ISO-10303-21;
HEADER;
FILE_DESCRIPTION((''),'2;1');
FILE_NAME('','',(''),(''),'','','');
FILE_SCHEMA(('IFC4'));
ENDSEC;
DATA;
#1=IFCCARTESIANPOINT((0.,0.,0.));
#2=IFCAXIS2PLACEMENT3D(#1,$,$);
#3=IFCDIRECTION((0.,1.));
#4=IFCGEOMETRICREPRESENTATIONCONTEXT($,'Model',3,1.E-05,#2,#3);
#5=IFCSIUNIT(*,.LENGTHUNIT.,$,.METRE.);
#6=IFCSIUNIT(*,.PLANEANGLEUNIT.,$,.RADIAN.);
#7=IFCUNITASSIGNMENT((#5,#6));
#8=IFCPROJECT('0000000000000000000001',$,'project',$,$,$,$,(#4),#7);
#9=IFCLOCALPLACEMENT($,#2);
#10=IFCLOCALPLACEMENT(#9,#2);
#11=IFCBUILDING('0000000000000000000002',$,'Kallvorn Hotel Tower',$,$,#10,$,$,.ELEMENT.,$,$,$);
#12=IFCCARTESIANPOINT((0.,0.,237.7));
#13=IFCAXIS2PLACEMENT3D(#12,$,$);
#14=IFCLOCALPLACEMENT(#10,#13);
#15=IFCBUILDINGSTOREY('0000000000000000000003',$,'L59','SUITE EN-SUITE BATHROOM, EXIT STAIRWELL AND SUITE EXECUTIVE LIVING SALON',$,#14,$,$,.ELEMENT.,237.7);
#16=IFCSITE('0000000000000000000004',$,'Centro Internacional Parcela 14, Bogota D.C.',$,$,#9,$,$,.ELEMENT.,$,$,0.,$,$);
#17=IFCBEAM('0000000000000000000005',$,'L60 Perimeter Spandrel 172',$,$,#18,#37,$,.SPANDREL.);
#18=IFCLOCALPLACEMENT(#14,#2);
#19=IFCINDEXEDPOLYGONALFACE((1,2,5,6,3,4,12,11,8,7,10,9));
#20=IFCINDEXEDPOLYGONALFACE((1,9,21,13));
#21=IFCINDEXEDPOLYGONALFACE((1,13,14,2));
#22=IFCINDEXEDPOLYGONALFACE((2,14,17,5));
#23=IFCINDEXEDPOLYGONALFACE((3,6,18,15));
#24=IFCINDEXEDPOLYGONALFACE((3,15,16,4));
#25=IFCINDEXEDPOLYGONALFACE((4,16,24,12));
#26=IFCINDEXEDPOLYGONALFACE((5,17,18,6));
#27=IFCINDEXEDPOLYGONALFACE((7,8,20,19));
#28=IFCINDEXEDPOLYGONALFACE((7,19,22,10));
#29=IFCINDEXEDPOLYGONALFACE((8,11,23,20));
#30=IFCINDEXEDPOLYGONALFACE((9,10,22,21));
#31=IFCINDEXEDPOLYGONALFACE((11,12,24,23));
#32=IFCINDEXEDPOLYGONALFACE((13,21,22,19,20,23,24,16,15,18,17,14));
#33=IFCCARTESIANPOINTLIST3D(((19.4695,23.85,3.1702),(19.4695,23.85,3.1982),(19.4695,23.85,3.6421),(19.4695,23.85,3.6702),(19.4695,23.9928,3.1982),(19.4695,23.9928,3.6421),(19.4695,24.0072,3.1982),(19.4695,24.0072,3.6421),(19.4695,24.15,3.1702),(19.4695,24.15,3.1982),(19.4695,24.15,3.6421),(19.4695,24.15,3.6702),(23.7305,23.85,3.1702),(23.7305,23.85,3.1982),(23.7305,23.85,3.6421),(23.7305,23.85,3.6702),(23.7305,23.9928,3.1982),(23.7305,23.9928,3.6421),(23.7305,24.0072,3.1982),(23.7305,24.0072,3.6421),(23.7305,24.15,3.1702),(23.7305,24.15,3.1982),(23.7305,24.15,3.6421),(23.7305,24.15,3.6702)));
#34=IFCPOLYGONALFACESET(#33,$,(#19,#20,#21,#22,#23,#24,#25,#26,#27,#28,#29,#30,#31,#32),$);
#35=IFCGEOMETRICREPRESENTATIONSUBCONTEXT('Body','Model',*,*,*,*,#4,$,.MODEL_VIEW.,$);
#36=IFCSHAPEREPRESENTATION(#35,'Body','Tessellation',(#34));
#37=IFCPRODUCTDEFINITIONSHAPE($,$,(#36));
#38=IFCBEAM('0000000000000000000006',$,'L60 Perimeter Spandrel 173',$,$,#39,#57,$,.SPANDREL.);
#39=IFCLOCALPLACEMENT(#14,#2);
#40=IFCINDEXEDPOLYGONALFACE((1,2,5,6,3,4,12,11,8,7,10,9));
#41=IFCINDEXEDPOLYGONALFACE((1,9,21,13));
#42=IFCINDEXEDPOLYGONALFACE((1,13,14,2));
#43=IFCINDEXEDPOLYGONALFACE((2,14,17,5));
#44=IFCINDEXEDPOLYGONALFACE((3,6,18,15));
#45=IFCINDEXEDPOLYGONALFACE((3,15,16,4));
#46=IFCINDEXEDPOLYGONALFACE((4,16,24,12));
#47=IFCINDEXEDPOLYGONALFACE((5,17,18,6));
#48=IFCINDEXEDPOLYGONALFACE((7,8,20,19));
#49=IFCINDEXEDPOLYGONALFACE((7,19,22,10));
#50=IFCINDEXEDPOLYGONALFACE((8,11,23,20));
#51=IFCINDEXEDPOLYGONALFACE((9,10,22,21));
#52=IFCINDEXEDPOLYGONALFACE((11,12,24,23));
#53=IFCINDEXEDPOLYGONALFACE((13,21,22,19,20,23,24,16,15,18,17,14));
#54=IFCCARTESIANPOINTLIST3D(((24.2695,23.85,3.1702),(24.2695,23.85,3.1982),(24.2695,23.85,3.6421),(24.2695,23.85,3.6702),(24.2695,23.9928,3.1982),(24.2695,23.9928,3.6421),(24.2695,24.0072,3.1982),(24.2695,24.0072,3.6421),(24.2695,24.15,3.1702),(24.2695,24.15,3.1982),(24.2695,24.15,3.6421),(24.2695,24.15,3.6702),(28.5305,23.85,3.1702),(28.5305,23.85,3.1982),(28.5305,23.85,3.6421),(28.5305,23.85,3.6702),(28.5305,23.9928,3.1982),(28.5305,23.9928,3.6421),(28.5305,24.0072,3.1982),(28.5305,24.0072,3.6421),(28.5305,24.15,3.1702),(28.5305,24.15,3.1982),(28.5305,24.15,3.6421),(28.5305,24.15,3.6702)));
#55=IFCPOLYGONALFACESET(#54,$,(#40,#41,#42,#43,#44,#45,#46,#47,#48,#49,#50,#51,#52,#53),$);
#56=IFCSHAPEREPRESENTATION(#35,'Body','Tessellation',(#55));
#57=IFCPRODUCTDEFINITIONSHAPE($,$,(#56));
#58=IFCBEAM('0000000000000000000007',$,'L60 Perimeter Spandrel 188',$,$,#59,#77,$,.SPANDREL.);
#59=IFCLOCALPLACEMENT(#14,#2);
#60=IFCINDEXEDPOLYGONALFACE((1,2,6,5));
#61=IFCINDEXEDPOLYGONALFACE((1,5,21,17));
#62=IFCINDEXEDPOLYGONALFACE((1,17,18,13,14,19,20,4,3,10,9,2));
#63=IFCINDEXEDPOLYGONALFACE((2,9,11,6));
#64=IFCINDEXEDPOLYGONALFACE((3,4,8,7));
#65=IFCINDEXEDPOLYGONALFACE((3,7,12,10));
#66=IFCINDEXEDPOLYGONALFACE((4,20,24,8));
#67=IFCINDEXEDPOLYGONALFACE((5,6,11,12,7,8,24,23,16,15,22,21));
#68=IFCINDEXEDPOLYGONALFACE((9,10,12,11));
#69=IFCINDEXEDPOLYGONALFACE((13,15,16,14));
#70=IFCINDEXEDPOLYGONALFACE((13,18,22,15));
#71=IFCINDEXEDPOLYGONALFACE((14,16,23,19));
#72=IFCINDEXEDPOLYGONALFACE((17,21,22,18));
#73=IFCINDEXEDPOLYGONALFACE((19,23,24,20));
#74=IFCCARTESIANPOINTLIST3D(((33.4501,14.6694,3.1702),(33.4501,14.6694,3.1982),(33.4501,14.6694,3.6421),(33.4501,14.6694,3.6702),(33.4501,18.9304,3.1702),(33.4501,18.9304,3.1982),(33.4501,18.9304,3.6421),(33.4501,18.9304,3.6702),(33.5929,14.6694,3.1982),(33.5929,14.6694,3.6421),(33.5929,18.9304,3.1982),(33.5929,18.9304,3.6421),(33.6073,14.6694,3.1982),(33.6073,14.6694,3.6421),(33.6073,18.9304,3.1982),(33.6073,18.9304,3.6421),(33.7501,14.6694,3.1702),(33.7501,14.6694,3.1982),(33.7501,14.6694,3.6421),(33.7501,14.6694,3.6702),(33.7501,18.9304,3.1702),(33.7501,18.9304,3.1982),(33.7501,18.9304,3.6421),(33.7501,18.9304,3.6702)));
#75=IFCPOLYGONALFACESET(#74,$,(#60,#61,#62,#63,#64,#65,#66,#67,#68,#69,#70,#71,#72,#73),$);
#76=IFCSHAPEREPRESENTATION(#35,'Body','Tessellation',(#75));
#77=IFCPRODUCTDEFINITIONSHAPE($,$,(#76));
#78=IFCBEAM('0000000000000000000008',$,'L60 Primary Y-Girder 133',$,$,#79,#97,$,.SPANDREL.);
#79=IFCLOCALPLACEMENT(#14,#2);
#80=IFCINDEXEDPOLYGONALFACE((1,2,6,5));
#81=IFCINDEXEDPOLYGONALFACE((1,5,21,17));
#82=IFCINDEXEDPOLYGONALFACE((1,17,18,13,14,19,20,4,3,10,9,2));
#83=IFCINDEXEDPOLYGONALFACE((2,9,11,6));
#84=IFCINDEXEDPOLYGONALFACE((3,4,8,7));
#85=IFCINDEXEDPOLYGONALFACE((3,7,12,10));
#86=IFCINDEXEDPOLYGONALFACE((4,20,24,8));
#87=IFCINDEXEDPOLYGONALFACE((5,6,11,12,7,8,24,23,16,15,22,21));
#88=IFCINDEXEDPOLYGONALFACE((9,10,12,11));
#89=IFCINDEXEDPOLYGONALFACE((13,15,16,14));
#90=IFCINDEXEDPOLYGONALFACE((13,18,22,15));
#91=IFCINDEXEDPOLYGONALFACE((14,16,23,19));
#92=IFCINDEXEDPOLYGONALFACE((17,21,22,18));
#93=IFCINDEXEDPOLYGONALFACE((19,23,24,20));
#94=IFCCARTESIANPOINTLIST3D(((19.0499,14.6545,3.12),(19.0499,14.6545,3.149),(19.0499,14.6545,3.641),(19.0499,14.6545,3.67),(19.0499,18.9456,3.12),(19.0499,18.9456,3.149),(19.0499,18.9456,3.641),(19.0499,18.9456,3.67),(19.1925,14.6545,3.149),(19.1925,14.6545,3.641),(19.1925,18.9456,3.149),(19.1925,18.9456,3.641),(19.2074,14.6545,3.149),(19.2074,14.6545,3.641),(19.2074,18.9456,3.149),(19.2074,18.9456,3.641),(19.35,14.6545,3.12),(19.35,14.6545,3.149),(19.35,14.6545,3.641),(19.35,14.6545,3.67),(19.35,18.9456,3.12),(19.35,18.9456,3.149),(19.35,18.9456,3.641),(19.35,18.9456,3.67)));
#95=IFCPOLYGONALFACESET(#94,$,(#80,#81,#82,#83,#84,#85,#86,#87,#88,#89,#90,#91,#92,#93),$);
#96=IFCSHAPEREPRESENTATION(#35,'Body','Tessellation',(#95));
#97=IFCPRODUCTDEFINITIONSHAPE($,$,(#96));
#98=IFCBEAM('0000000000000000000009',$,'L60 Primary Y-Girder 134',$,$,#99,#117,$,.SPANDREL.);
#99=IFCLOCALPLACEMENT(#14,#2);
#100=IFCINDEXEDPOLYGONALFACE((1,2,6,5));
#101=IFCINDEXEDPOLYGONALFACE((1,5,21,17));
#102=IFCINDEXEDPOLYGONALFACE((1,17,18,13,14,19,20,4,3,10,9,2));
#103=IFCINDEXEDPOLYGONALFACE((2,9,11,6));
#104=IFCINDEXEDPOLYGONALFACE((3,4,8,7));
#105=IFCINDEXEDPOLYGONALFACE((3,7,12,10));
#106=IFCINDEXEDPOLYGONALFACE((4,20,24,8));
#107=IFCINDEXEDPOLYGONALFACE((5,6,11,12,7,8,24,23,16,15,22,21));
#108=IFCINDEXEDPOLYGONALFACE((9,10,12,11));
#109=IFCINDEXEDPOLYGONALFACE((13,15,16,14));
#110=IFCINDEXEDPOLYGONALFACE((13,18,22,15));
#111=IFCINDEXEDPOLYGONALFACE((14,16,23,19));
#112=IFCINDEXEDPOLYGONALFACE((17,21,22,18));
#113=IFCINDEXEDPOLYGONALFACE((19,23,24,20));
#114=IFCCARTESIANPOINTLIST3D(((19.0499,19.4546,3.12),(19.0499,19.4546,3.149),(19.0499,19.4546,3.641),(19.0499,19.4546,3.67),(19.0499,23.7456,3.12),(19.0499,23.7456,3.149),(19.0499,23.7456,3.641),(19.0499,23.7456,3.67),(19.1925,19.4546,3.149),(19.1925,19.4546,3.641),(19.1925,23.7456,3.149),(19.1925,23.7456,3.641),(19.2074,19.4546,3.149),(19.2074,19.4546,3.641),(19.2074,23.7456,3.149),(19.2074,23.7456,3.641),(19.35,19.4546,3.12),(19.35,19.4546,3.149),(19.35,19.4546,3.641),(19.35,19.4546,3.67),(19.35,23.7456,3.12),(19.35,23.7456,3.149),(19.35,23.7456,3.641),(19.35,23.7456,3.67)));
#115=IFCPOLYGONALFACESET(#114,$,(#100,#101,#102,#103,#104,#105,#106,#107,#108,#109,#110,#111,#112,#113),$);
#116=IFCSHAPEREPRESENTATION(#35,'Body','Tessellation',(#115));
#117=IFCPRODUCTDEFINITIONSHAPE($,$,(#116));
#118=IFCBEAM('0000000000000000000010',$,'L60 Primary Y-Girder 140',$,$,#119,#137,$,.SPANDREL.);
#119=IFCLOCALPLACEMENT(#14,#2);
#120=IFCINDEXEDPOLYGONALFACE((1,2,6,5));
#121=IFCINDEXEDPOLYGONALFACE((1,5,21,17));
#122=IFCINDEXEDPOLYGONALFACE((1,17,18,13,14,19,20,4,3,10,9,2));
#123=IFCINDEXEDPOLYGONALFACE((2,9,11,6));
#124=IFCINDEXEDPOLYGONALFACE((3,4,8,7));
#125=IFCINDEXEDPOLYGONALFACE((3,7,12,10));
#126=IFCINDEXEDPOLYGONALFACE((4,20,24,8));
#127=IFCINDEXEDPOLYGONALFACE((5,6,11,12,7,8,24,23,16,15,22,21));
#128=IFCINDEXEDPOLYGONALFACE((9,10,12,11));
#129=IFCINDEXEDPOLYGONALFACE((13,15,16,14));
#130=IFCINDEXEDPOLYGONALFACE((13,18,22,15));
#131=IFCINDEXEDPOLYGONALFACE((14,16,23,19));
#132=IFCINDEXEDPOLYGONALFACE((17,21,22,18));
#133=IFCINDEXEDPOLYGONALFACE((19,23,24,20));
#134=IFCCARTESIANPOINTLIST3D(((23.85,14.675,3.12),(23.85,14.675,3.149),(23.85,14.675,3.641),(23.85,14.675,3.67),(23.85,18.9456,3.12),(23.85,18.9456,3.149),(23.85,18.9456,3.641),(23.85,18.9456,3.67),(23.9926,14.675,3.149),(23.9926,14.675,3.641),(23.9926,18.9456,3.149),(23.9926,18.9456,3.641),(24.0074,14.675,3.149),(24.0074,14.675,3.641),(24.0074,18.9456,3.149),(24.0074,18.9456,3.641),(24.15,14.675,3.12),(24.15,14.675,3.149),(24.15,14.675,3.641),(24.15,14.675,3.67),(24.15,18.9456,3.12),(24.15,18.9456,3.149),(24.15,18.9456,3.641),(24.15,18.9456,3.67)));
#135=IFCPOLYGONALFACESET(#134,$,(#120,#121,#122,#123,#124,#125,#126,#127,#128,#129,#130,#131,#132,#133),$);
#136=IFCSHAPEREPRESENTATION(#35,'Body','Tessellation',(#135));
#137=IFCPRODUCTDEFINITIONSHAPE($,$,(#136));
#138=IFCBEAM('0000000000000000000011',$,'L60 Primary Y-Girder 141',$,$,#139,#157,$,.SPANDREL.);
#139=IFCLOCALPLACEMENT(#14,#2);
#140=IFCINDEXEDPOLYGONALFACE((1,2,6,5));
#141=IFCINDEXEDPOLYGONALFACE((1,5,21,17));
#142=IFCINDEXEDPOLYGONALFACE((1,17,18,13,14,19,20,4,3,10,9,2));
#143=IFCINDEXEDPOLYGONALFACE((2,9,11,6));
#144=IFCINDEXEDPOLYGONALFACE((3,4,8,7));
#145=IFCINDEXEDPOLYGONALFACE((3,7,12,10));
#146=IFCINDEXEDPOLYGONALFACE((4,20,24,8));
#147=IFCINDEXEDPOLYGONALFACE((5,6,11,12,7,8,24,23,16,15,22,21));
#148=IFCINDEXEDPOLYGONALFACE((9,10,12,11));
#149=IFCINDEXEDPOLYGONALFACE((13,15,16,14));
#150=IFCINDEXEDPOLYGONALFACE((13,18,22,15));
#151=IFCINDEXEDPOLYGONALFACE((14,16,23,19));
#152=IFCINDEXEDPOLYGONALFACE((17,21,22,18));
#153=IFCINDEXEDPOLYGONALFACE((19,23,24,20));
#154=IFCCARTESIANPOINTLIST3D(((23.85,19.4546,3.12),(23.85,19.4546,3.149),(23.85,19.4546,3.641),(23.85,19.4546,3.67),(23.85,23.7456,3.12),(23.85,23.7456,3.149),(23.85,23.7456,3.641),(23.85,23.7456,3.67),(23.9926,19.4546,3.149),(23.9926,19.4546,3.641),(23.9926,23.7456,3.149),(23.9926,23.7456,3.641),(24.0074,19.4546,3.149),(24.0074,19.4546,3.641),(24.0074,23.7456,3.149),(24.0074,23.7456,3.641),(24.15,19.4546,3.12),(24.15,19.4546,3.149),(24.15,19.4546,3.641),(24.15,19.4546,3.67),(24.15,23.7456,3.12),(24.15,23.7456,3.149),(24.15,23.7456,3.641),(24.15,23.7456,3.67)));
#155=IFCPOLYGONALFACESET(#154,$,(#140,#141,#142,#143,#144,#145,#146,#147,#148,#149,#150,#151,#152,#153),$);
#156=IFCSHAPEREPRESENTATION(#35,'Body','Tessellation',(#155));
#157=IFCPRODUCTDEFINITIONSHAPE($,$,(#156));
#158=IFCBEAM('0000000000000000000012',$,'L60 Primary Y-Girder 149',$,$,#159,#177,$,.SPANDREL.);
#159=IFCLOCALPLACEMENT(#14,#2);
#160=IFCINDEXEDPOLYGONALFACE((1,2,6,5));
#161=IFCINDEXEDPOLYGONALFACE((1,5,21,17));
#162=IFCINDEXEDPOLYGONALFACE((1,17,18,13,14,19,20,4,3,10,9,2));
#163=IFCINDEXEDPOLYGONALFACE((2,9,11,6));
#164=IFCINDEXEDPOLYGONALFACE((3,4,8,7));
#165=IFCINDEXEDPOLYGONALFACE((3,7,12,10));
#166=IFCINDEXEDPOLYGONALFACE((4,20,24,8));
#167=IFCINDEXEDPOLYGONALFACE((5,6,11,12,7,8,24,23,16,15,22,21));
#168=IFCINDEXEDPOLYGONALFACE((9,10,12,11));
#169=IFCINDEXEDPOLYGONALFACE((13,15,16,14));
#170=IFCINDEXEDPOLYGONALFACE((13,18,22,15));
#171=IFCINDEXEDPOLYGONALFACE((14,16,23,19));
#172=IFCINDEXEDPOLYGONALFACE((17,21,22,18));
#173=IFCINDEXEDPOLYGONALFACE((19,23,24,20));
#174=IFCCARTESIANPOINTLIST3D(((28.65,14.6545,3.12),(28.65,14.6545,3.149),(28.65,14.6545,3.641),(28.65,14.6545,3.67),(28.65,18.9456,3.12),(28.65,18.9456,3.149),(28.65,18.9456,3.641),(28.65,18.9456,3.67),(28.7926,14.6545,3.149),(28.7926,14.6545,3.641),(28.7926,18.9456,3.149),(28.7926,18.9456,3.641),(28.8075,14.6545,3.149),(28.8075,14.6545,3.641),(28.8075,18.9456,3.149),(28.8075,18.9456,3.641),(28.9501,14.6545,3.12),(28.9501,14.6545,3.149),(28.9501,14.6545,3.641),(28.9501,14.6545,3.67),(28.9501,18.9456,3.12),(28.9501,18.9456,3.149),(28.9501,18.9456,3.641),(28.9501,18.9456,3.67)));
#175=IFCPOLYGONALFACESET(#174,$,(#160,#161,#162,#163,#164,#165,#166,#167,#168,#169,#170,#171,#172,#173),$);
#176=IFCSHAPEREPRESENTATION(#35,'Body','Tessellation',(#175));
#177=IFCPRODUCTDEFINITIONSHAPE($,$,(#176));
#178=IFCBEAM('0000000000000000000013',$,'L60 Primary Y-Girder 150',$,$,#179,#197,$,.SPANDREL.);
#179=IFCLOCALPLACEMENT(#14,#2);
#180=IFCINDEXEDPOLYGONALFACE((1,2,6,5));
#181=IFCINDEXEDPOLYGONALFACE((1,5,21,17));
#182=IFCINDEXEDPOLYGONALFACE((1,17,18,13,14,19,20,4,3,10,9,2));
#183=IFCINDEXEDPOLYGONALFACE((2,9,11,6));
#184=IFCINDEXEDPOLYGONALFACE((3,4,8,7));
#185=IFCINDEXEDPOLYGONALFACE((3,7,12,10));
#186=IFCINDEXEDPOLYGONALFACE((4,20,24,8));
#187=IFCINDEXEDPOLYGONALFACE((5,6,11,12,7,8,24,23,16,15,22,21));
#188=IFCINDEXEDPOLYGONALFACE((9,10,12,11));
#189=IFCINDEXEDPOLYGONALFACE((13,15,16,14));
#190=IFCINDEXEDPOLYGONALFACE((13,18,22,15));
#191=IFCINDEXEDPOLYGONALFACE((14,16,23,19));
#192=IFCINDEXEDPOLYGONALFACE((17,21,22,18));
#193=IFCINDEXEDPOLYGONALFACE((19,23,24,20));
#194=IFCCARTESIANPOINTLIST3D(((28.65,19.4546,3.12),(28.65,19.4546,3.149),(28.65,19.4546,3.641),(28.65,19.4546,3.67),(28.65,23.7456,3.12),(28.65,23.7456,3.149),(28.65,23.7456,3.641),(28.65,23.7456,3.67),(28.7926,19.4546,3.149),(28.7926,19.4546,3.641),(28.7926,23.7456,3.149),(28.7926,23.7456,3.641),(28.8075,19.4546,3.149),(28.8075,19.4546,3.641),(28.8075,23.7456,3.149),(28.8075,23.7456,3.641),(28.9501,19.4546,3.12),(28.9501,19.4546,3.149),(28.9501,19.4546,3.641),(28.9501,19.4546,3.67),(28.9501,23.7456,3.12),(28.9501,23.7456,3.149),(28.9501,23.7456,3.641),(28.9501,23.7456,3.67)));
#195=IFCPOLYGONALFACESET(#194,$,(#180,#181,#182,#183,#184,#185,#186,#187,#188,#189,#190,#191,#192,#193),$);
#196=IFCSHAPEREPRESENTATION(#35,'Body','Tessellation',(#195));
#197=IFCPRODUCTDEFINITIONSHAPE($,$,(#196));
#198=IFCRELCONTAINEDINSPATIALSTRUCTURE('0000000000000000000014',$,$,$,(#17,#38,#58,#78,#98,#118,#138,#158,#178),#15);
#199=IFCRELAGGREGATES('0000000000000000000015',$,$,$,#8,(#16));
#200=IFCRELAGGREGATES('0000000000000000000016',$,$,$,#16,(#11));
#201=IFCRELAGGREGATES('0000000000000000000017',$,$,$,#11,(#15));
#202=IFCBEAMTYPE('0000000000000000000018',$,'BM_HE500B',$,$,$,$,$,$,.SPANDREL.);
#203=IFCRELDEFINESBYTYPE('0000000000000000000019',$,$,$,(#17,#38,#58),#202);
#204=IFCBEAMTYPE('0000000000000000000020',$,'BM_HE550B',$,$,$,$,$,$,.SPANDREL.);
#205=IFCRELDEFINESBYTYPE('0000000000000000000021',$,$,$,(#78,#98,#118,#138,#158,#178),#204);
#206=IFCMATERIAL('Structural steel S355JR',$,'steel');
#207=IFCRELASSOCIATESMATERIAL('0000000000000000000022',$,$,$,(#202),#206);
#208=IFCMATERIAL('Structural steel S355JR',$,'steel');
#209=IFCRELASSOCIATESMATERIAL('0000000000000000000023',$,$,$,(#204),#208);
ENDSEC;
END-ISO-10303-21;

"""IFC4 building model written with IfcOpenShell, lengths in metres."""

from ifc_helpers import new_model, si_unit, direction, frame, origin, origin_2d, place, context, subcontext, project, spatial, i_section, extrude, material, material_profile, profile_set, type_object, element, save


model = new_model("IFC4")

# Units and contexts
model_context = context("Model", 3, precision=1e-05, world=origin(), true_north=direction((0.0, 1.0)))
body_context = subcontext(model_context, "Body", "Model", "MODEL_VIEW")
ifc_project = project(units=[si_unit("LENGTHUNIT", "METRE"), si_unit("PLANEANGLEUNIT", "RADIAN")], contexts=[model_context])

# Site, building, storey
site_placement = place(None, origin())
site = spatial("IfcSite", under=ifc_project, at=site_placement, Name="Centro Internacional Parcela 14, Bogota D.C.", CompositionType="ELEMENT", RefElevation=0.0)
building_placement = place(site_placement, origin())
building = spatial("IfcBuilding", under=site, at=building_placement, Name="Kallvorn Hotel Tower", CompositionType="ELEMENT")
storey_placement = place(building_placement, frame((0.0, 0.0, 237.7)))
storey = spatial("IfcBuildingStorey", under=building, at=storey_placement, Name="L59", Description="SUITE EN-SUITE BATHROOM, EXIT STAIRWELL AND SUITE EXECUTIVE LIVING SALON", CompositionType="ELEMENT", Elevation=237.7)

# Beams
ifc_material_1 = material(Name="Structural steel S355JR", Category="steel")
ifc_material_profile_1 = material_profile(ifc_material_1, i_section(OverallWidth=0.3, OverallDepth=0.5, WebThickness=0.0144, FlangeThickness=0.0281, at=origin_2d()), Name="HE 500 B")
ifc_profile_set_1 = profile_set([ifc_material_profile_1], Name="Structural steel S355JR")
beam_type_1 = type_object("IfcBeamType", Name="BM_HE500B", PredefinedType="SPANDREL", material=ifc_profile_set_1)
for number, where, z_axis, x_axis, name in (
    (1, (19.4695, 24.0, 3.4202), (1.0, 0.0, 0.0), (0.0, 1.0, 0.0), "L60 Perimeter Spandrel 172"),
    (2, (24.2695, 24.0, 3.4202), (1.0, 0.0, 0.0), (0.0, 1.0, 0.0), "L60 Perimeter Spandrel 173"),
    (3, (33.6001, 14.6694, 3.4202), (0.0, 1.0, 0.0), (-1.0, 0.0, 0.0), "L60 Perimeter Spandrel 188"),
):
    element("IfcBeam", number, at=place(storey_placement, frame(where, z_axis=z_axis, x_axis=x_axis)), inside=storey, type_object=beam_type_1, Name=name, PredefinedType="SPANDREL", context=body_context, shape_type="SweptSolid", body=[
        extrude(i_section(OverallWidth=0.3, OverallDepth=0.5, WebThickness=0.0144, FlangeThickness=0.0281, at=origin_2d()), origin(), (0.0, 0.0, 1.0), 4.261),
    ])
ifc_material_2 = material(Name="Structural steel S355JR", Category="steel")
ifc_material_profile_2 = material_profile(ifc_material_2, i_section(OverallWidth=0.3, OverallDepth=0.55, WebThickness=0.0149, FlangeThickness=0.0291, at=origin_2d()), Name="HE 550 B")
ifc_profile_set_2 = profile_set([ifc_material_profile_2], Name="Structural steel S355JR")
beam_type_2 = type_object("IfcBeamType", Name="BM_HE550B", PredefinedType="SPANDREL", material=ifc_profile_set_2)
for number, where, z_axis, x_axis, name in (
    (4, (19.2, 14.6545, 3.395), (0.0, 1.0, 0.0), (-1.0, 0.0, 0.0), "L60 Primary Y-Girder 133"),
    (5, (19.2, 19.4546, 3.395), (0.0, 1.0, 0.0), (-1.0, 0.0, 0.0), "L60 Primary Y-Girder 134"),
):
    element("IfcBeam", number, at=place(storey_placement, frame(where, z_axis=z_axis, x_axis=x_axis)), inside=storey, type_object=beam_type_2, Name=name, PredefinedType="SPANDREL", context=body_context, shape_type="SweptSolid", body=[
        extrude(i_section(OverallWidth=0.3, OverallDepth=0.55, WebThickness=0.0149, FlangeThickness=0.0291, at=origin_2d()), origin(), (0.0, 0.0, 1.0), 4.291),
    ])
beam_1_placement = place(storey_placement, frame((24.0, 14.675, 3.395), z_axis=(0.0, 1.0, 0.0), x_axis=(-1.0, 0.0, 0.0)))
element("IfcBeam", 6, at=beam_1_placement, inside=storey, type_object=beam_type_2, Name="L60 Primary Y-Girder 140", PredefinedType="SPANDREL", context=body_context, shape_type="SweptSolid", body=[
    extrude(i_section(OverallWidth=0.3, OverallDepth=0.55, WebThickness=0.0149, FlangeThickness=0.0291, at=origin_2d()), origin(), (0.0, 0.0, 1.0), 4.2705),
])
for number, where, z_axis, x_axis, name in (
    (7, (24.0, 19.4546, 3.395), (0.0, 1.0, 0.0), (-1.0, 0.0, 0.0), "L60 Primary Y-Girder 141"),
    (8, (28.8, 14.6545, 3.395), (0.0, 1.0, 0.0), (-1.0, 0.0, 0.0), "L60 Primary Y-Girder 149"),
    (9, (28.8, 19.4546, 3.395), (0.0, 1.0, 0.0), (-1.0, 0.0, 0.0), "L60 Primary Y-Girder 150"),
):
    element("IfcBeam", number, at=place(storey_placement, frame(where, z_axis=z_axis, x_axis=x_axis)), inside=storey, type_object=beam_type_2, Name=name, PredefinedType="SPANDREL", context=body_context, shape_type="SweptSolid", body=[
        extrude(i_section(OverallWidth=0.3, OverallDepth=0.55, WebThickness=0.0149, FlangeThickness=0.0291, at=origin_2d()), origin(), (0.0, 0.0, 1.0), 4.291),
    ])

save(model, "model.ifc")
